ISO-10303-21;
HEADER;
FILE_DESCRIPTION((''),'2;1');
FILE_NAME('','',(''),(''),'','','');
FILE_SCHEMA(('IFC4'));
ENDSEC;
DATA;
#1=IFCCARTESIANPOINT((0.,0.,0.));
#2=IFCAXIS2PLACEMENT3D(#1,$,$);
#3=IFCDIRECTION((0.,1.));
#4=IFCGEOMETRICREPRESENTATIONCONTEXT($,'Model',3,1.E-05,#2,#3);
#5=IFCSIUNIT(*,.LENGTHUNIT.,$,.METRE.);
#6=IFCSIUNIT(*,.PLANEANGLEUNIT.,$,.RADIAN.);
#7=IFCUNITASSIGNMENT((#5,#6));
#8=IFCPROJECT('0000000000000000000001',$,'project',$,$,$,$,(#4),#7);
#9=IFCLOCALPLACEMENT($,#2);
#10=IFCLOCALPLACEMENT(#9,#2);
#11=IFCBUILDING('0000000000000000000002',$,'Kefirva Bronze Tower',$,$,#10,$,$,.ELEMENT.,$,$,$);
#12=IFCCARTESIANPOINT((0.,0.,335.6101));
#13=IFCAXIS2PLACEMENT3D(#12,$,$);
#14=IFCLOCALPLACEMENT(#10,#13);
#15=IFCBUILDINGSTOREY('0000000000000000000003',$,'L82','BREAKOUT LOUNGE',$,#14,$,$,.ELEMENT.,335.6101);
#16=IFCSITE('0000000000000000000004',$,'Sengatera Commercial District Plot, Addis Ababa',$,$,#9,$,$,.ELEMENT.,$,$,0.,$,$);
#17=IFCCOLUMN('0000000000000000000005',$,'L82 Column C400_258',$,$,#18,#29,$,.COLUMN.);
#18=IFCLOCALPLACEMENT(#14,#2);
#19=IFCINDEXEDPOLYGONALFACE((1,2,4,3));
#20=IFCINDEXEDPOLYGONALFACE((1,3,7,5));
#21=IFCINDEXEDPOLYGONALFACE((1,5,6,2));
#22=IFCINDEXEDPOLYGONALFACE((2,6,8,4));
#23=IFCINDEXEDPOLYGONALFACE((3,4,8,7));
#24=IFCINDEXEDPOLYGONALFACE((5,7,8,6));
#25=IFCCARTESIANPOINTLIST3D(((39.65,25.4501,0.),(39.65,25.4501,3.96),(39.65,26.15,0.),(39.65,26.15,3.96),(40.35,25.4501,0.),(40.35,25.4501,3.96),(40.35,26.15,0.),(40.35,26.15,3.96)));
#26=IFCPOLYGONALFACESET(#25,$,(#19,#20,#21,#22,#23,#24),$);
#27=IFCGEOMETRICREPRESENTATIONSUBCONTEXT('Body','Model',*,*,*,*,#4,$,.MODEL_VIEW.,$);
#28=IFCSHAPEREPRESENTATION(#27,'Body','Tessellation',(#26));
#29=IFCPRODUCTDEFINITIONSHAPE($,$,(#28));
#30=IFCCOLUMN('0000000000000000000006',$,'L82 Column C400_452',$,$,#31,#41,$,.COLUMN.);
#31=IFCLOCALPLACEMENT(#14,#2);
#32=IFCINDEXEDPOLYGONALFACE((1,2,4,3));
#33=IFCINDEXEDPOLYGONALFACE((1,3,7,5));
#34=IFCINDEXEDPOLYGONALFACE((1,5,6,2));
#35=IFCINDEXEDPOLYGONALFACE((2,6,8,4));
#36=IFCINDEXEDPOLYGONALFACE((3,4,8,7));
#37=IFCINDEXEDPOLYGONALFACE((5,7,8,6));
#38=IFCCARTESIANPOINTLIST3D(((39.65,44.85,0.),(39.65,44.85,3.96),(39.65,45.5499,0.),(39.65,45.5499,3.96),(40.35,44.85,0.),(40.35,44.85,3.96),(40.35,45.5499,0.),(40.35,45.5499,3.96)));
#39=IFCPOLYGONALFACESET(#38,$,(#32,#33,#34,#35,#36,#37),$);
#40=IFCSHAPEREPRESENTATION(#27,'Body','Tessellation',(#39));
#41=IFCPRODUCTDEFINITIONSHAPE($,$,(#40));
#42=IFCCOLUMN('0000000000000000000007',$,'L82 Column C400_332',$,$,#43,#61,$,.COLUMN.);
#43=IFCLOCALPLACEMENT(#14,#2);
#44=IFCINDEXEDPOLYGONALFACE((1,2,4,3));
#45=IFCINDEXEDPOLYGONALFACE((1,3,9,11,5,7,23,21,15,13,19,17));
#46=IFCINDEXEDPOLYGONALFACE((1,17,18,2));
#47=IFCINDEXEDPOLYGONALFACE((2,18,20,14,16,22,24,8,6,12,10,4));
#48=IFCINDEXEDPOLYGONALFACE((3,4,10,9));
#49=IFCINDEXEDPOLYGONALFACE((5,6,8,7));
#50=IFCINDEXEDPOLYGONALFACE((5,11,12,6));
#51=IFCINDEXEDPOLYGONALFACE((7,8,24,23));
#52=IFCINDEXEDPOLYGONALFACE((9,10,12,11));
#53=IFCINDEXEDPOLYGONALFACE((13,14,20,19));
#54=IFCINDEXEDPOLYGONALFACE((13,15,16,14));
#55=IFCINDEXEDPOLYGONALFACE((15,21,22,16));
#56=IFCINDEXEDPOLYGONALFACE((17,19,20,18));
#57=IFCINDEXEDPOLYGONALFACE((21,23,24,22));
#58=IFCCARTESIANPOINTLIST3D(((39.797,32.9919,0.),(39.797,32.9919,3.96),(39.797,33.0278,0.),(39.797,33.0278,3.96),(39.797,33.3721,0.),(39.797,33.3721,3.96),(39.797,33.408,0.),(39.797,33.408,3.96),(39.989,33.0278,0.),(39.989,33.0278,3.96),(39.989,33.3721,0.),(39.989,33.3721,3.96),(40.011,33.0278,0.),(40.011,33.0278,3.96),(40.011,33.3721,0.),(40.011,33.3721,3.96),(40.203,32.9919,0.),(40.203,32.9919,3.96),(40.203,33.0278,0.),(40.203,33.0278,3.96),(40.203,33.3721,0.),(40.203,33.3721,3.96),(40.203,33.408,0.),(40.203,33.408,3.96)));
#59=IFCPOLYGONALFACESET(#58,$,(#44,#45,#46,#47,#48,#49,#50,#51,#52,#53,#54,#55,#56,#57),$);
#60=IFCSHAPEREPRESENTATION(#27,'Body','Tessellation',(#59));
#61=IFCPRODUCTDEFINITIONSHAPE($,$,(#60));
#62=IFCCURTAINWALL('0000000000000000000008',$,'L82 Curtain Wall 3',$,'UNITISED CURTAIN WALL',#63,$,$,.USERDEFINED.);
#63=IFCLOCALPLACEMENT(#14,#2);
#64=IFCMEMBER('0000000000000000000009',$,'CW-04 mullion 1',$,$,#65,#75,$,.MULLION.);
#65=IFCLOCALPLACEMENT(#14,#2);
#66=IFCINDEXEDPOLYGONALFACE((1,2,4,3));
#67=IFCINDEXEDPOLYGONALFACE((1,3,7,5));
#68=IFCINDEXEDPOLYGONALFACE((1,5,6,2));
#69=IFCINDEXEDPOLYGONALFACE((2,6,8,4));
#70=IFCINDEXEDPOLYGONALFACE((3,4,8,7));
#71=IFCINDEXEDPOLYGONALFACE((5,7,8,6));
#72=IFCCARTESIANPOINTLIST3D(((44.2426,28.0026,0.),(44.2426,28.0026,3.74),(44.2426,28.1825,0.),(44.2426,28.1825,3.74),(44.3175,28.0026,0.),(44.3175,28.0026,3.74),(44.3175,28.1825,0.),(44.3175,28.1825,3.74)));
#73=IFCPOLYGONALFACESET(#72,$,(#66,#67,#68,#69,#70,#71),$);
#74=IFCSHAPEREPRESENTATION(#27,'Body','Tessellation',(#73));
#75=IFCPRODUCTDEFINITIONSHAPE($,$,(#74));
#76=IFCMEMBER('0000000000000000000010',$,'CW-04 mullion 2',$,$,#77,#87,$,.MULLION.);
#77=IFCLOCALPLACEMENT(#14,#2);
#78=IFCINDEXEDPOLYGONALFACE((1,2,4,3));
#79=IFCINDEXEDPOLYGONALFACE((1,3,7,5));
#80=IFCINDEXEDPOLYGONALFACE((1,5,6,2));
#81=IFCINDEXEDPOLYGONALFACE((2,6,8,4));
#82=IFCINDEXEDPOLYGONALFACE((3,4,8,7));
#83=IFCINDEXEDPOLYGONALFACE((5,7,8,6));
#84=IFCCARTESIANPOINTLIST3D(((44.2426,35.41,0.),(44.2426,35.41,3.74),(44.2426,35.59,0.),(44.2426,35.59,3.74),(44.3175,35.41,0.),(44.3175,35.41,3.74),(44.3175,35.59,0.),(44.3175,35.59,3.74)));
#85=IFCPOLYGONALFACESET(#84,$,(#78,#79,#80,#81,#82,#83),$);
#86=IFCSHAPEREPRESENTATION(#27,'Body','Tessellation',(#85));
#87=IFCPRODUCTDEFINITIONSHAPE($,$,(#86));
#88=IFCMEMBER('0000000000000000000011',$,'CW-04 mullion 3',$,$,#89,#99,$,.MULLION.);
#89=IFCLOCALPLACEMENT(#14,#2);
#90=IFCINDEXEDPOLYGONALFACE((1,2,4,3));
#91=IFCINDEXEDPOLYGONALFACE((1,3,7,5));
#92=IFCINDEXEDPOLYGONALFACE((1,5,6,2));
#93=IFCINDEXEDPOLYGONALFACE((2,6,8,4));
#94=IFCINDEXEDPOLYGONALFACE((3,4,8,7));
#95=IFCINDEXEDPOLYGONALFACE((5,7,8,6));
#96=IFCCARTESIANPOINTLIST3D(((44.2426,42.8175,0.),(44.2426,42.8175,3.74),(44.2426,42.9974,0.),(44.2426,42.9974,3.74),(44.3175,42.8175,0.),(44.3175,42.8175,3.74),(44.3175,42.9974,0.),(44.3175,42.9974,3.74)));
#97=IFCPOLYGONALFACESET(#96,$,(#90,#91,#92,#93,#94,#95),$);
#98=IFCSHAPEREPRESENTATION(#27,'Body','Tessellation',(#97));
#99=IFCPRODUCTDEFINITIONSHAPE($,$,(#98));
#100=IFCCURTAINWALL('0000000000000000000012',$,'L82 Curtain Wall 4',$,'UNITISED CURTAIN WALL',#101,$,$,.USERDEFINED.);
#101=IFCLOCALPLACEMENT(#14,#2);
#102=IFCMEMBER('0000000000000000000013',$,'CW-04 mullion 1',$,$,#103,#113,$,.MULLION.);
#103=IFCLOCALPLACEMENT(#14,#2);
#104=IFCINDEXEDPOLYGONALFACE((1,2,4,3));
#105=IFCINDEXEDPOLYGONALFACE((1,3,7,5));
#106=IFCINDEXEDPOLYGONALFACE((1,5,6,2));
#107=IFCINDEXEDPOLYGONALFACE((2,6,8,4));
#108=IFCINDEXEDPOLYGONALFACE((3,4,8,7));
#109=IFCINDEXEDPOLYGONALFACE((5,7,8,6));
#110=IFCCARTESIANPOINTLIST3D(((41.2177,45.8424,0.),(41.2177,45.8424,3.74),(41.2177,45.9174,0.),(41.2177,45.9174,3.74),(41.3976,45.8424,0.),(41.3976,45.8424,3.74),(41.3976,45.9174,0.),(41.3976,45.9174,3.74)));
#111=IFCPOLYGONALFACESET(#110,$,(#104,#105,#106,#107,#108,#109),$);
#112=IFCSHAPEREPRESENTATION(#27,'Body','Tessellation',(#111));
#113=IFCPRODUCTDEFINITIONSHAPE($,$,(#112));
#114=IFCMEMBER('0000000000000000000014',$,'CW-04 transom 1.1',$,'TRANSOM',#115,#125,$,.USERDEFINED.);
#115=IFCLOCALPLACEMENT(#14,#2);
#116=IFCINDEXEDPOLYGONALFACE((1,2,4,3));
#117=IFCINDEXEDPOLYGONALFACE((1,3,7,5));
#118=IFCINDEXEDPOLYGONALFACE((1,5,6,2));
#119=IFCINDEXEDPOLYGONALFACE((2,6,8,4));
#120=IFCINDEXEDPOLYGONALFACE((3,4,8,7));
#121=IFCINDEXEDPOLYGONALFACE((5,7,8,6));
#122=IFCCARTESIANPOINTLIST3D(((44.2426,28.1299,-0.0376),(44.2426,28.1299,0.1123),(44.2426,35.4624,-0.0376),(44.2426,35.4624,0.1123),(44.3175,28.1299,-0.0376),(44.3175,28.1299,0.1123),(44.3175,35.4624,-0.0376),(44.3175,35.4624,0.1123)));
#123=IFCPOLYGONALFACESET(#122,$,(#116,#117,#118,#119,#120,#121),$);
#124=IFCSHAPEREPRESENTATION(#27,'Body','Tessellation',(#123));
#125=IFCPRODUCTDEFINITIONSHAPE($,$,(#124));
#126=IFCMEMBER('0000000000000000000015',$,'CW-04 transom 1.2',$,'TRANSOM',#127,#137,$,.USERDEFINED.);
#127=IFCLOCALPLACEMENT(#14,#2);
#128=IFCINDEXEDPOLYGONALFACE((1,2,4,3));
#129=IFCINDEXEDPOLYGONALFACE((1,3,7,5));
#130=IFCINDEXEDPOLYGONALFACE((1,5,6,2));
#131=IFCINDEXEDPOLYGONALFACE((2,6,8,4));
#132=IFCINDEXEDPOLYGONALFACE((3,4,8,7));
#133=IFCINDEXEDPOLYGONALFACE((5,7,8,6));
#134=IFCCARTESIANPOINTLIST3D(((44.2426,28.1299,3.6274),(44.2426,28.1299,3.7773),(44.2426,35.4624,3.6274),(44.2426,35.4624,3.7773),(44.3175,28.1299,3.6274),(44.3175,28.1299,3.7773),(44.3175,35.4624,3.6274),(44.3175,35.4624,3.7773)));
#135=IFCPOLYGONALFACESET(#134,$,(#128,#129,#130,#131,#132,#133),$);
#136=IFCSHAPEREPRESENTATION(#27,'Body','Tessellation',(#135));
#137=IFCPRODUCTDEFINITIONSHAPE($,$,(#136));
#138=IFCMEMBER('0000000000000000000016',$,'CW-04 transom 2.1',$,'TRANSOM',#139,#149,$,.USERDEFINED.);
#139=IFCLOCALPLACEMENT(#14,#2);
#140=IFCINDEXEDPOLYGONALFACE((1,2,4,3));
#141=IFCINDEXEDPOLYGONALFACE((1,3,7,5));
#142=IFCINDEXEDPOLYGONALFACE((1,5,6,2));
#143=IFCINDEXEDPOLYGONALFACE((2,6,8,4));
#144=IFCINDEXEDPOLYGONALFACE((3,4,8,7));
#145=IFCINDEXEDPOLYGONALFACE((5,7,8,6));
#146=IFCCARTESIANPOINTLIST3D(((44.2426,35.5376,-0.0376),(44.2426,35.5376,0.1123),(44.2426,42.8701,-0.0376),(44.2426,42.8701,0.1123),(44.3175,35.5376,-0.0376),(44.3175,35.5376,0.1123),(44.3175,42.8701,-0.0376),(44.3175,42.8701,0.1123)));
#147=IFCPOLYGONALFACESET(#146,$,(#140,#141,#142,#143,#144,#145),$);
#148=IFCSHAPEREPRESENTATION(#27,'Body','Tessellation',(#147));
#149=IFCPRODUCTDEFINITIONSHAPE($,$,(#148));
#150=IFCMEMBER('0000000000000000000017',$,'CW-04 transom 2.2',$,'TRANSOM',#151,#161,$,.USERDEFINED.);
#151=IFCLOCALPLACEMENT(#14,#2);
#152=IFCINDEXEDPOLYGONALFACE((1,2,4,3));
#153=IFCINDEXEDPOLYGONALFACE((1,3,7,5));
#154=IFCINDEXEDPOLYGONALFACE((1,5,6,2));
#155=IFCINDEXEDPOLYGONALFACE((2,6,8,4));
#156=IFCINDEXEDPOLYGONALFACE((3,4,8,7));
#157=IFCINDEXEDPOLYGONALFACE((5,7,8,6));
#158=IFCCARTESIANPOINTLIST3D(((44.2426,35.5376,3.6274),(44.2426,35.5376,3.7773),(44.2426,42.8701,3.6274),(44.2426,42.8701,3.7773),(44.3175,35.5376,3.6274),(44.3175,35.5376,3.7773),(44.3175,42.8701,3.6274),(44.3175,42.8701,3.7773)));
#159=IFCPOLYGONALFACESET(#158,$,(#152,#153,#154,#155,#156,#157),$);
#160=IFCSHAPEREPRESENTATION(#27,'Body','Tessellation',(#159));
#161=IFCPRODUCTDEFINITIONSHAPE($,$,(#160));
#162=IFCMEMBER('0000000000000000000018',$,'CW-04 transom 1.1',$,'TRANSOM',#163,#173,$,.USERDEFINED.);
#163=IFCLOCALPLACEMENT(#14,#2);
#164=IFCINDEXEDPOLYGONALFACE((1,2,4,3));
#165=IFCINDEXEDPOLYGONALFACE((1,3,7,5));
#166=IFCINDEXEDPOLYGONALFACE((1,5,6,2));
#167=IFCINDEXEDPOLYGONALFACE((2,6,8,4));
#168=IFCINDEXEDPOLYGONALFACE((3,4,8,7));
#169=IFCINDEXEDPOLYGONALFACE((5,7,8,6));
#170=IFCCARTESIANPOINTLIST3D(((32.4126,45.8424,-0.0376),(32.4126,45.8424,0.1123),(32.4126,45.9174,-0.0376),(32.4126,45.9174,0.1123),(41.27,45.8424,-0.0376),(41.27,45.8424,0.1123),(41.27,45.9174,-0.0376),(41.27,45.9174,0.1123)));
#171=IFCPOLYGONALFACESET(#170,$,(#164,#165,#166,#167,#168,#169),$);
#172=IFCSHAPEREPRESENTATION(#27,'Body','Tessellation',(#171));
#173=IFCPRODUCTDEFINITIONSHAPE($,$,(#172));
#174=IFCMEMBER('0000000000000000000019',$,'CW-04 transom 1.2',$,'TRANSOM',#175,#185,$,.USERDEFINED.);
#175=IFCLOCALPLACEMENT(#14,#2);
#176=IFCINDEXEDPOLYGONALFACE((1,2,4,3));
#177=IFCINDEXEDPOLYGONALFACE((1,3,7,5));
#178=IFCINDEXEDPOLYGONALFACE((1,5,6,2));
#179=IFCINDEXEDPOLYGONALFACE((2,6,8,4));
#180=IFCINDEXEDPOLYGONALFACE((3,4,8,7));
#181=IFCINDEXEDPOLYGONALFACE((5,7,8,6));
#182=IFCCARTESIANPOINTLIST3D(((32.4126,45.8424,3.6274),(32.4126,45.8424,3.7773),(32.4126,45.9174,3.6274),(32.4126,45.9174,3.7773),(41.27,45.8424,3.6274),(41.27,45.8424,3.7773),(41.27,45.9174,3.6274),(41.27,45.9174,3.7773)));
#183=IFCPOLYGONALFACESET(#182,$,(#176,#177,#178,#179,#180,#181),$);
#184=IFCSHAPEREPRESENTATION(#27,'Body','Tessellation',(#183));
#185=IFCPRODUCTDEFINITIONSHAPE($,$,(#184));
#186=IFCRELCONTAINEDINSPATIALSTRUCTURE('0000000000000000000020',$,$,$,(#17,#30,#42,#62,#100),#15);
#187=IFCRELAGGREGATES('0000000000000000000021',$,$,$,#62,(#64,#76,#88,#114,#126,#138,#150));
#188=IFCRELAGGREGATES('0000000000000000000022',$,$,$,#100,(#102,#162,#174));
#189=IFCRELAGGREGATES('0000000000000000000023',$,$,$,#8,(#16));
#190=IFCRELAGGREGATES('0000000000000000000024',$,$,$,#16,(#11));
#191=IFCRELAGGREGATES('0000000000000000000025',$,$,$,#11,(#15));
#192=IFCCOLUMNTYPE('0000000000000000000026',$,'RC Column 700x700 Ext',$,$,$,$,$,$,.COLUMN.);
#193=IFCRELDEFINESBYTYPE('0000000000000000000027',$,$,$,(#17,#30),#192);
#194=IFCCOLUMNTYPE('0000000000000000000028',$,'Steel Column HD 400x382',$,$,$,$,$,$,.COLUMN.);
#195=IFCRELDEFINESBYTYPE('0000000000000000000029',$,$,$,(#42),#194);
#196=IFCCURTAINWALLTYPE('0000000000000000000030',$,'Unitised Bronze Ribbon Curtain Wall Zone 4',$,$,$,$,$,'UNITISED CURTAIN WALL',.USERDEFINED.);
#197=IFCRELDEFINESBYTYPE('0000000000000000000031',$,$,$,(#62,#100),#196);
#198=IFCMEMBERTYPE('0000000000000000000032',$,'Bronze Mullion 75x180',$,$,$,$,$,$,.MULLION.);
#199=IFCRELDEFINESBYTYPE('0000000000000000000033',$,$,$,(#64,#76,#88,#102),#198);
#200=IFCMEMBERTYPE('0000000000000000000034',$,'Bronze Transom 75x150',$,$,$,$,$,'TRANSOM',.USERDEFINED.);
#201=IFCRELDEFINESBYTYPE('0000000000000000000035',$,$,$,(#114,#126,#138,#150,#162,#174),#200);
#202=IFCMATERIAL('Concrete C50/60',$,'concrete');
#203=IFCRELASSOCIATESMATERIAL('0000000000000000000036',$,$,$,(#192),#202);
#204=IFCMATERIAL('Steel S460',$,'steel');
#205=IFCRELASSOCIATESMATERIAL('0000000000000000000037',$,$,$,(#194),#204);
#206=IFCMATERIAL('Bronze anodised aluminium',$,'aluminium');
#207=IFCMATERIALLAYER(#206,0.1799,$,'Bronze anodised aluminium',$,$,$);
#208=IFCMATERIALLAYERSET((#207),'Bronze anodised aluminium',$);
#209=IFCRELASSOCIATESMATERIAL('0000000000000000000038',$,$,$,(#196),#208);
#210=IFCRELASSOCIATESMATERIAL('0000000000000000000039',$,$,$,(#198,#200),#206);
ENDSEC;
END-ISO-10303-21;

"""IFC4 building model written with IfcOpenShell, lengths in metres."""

from ifc_helpers import new_model, si_unit, direction, frame, origin, origin_2d, place, context, subcontext, project, spatial, rectangle, i_section, extrude, material, layer, layer_set, material_profile, profile_set, type_object, element, aggregate, save


model = new_model("IFC4")

# Units and contexts
model_context = context("Model", 3, precision=1e-05, world=origin(), true_north=direction((0.0, 1.0)))
body_context = subcontext(model_context, "Body", "Model", "MODEL_VIEW")
ifc_project = project(units=[si_unit("LENGTHUNIT", "METRE"), si_unit("PLANEANGLEUNIT", "RADIAN")], contexts=[model_context])

# Site, building, storey
site_placement = place(None, origin())
site = spatial("IfcSite", under=ifc_project, at=site_placement, Name="Sengatera Commercial District Plot, Addis Ababa", CompositionType="ELEMENT", RefElevation=0.0)
building_placement = place(site_placement, origin())
building = spatial("IfcBuilding", under=site, at=building_placement, Name="Kefirva Bronze Tower", CompositionType="ELEMENT")
storey_placement = place(building_placement, frame((0.0, 0.0, 335.6101)))
storey = spatial("IfcBuildingStorey", under=building, at=storey_placement, Name="L82", Description="BREAKOUT LOUNGE", CompositionType="ELEMENT", Elevation=335.6101)

# Columns
ifc_material_1 = material(Name="Concrete C50/60", Category="concrete")
ifc_material_profile_1 = material_profile(ifc_material_1, rectangle(XDim=0.7, YDim=0.7, at=origin_2d()), Name="RC 700x700")
ifc_profile_set_1 = profile_set([ifc_material_profile_1], Name="Concrete C50/60")
column_type_1 = type_object("IfcColumnType", Name="RC Column 700x700 Ext", PredefinedType="COLUMN", material=ifc_profile_set_1)
for number, where, z_axis, x_axis, name in (
    (1, (40.0, 25.8, 0.0), (0.0, 0.0, 1.0), (1.0, 0.0, 0.0), "L82 Column C400_258"),
    (2, (40.0, 45.2, 0.0), (0.0, 0.0, 1.0), (1.0, 0.0, 0.0), "L82 Column C400_452"),
):
    element("IfcColumn", number, at=place(storey_placement, frame(where, z_axis=z_axis, x_axis=x_axis)), inside=storey, type_object=column_type_1, Name=name, PredefinedType="COLUMN", context=body_context, shape_type="SweptSolid", body=[
        extrude(rectangle(XDim=0.7, YDim=0.7, at=origin_2d()), origin(), (0.0, 0.0, 1.0), 3.96),
    ])
ifc_material_2 = material(Name="Steel S460", Category="steel")
ifc_material_profile_2 = material_profile(ifc_material_2, i_section(OverallWidth=0.406, OverallDepth=0.416, WebThickness=0.022, FlangeThickness=0.0359, at=origin_2d()), Name="HD 400x382")
ifc_profile_set_2 = profile_set([ifc_material_profile_2], Name="Steel S460")
column_type_2 = type_object("IfcColumnType", Name="Steel Column HD 400x382", PredefinedType="COLUMN", material=ifc_profile_set_2)
column_placement = place(storey_placement, frame((40.0, 33.2, 0.0), z_axis=(0.0, 0.0, 1.0), x_axis=(1.0, 0.0, 0.0)))
element("IfcColumn", 3, at=column_placement, inside=storey, type_object=column_type_2, Name="L82 Column C400_332", PredefinedType="COLUMN", context=body_context, shape_type="SweptSolid", body=[
    extrude(i_section(OverallWidth=0.406, OverallDepth=0.416, WebThickness=0.022, FlangeThickness=0.0359, at=origin_2d()), origin(), (0.0, 0.0, 1.0), 3.96),
])

# Curtain wall, members
ifc_material_3 = material(Name="Bronze anodised aluminium", Category="aluminium")
ifc_layer_1 = layer(ifc_material_3, 0.1799, Name="Bronze anodised aluminium")
ifc_layer_set_1 = layer_set([ifc_layer_1], Name="Bronze anodised aluminium")
curtain_wall_type = type_object("IfcCurtainWallType", Name="Unitised Bronze Ribbon Curtain Wall Zone 4", ElementType="UNITISED CURTAIN WALL", PredefinedType="USERDEFINED", material=ifc_layer_set_1)
curtain_wall_1_placement = place(storey_placement, origin())
curtain_wall_1 = element("IfcCurtainWall", 4, at=curtain_wall_1_placement, inside=storey, type_object=curtain_wall_type, Name="L82 Curtain Wall 3", ObjectType="UNITISED CURTAIN WALL", PredefinedType="USERDEFINED")
ifc_material_profile_3 = material_profile(ifc_material_3, rectangle(XDim=0.075, YDim=0.1799, at=origin_2d()), Name="ALU 75x180")
ifc_profile_set_3 = profile_set([ifc_material_profile_3], Name="Bronze anodised aluminium")
member_type_1 = type_object("IfcMemberType", Name="Bronze Mullion 75x180", PredefinedType="MULLION", material=ifc_profile_set_3)
member_1_placement = place(storey_placement, frame((44.28, 28.0925, 0.0), z_axis=(0.0, 0.0, 1.0), x_axis=(-1.0, 0.0, 0.0)))
member_1 = element("IfcMember", 5, at=member_1_placement, type_object=member_type_1, Name="CW-04 mullion 1", PredefinedType="MULLION", context=body_context, shape_type="SweptSolid", body=[
    extrude(rectangle(XDim=0.075, YDim=0.1799, at=origin_2d()), origin(), (0.0, 0.0, 1.0), 3.74),
])
member_2_placement = place(storey_placement, frame((44.28, 35.5, 0.0), z_axis=(0.0, 0.0, 1.0), x_axis=(-1.0, 0.0, 0.0)))
member_2 = element("IfcMember", 6, at=member_2_placement, type_object=member_type_1, Name="CW-04 mullion 2", PredefinedType="MULLION", context=body_context, shape_type="SweptSolid", body=[
    extrude(rectangle(XDim=0.075, YDim=0.1799, at=origin_2d()), origin(), (0.0, 0.0, 1.0), 3.74),
])
member_3_placement = place(storey_placement, frame((44.28, 42.9075, 0.0), z_axis=(0.0, 0.0, 1.0), x_axis=(-1.0, 0.0, 0.0)))
member_3 = element("IfcMember", 7, at=member_3_placement, type_object=member_type_1, Name="CW-04 mullion 3", PredefinedType="MULLION", context=body_context, shape_type="SweptSolid", body=[
    extrude(rectangle(XDim=0.075, YDim=0.1799, at=origin_2d()), origin(), (0.0, 0.0, 1.0), 3.74),
])

# Curtain wall, member
curtain_wall_2_placement = place(storey_placement, origin())
curtain_wall_2 = element("IfcCurtainWall", 8, at=curtain_wall_2_placement, inside=storey, type_object=curtain_wall_type, Name="L82 Curtain Wall 4", ObjectType="UNITISED CURTAIN WALL", PredefinedType="USERDEFINED")
member_4_placement = place(storey_placement, frame((41.3076, 45.8799, 0.0), z_axis=(0.0, 0.0, 1.0), x_axis=(0.0, -1.0, 0.0)))
member_4 = element("IfcMember", 9, at=member_4_placement, type_object=member_type_1, Name="CW-04 mullion 1", PredefinedType="MULLION", context=body_context, shape_type="SweptSolid", body=[
    extrude(rectangle(XDim=0.075, YDim=0.1799, at=origin_2d()), origin(), (0.0, 0.0, 1.0), 3.74),
])

# Members
ifc_material_profile_4 = material_profile(ifc_material_3, rectangle(XDim=0.075, YDim=0.1499, at=origin_2d()), Name="ALU 75x150")
ifc_profile_set_4 = profile_set([ifc_material_profile_4], Name="Bronze anodised aluminium")
member_type_2 = type_object("IfcMemberType", Name="Bronze Transom 75x150", ElementType="TRANSOM", PredefinedType="USERDEFINED", material=ifc_profile_set_4)
member_5_placement = place(storey_placement, frame((44.28, 28.1299, 0.0374), z_axis=(0.0, 1.0, 0.0), x_axis=(-1.0, 0.0, 0.0)))
member_5 = element("IfcMember", 10, at=member_5_placement, type_object=member_type_2, Name="CW-04 transom 1.1", ObjectType="TRANSOM", PredefinedType="USERDEFINED", context=body_context, shape_type="SweptSolid", body=[
    extrude(rectangle(XDim=0.075, YDim=0.1499, at=origin_2d()), origin(), (0.0, 0.0, 1.0), 7.3325),
])
member_6_placement = place(storey_placement, frame((44.28, 28.1299, 3.7024), z_axis=(0.0, 1.0, 0.0), x_axis=(-1.0, 0.0, 0.0)))
member_6 = element("IfcMember", 11, at=member_6_placement, type_object=member_type_2, Name="CW-04 transom 1.2", ObjectType="TRANSOM", PredefinedType="USERDEFINED", context=body_context, shape_type="SweptSolid", body=[
    extrude(rectangle(XDim=0.075, YDim=0.1499, at=origin_2d()), origin(), (0.0, 0.0, 1.0), 7.3325),
])
member_7_placement = place(storey_placement, frame((44.28, 35.5376, 0.0374), z_axis=(0.0, 1.0, 0.0), x_axis=(-1.0, 0.0, 0.0)))
member_7 = element("IfcMember", 12, at=member_7_placement, type_object=member_type_2, Name="CW-04 transom 2.1", ObjectType="TRANSOM", PredefinedType="USERDEFINED", context=body_context, shape_type="SweptSolid", body=[
    extrude(rectangle(XDim=0.075, YDim=0.1499, at=origin_2d()), origin(), (0.0, 0.0, 1.0), 7.3325),
])
member_8_placement = place(storey_placement, frame((44.28, 35.5376, 3.7024), z_axis=(0.0, 1.0, 0.0), x_axis=(-1.0, 0.0, 0.0)))
member_8 = element("IfcMember", 13, at=member_8_placement, type_object=member_type_2, Name="CW-04 transom 2.2", ObjectType="TRANSOM", PredefinedType="USERDEFINED", context=body_context, shape_type="SweptSolid", body=[
    extrude(rectangle(XDim=0.075, YDim=0.1499, at=origin_2d()), origin(), (0.0, 0.0, 1.0), 7.3325),
])
member_9_placement = place(storey_placement, frame((41.27, 45.8799, 0.0374), z_axis=(-1.0, 0.0, 0.0), x_axis=(0.0, -1.0, 0.0)))
member_9 = element("IfcMember", 14, at=member_9_placement, type_object=member_type_2, Name="CW-04 transom 1.1", ObjectType="TRANSOM", PredefinedType="USERDEFINED", context=body_context, shape_type="SweptSolid", body=[
    extrude(rectangle(XDim=0.075, YDim=0.1499, at=origin_2d()), origin(), (0.0, 0.0, 1.0), 8.8574),
])
member_10_placement = place(storey_placement, frame((41.27, 45.8799, 3.7024), z_axis=(-1.0, 0.0, 0.0), x_axis=(0.0, -1.0, 0.0)))
member_10 = element("IfcMember", 15, at=member_10_placement, type_object=member_type_2, Name="CW-04 transom 1.2", ObjectType="TRANSOM", PredefinedType="USERDEFINED", context=body_context, shape_type="SweptSolid", body=[
    extrude(rectangle(XDim=0.075, YDim=0.1499, at=origin_2d()), origin(), (0.0, 0.0, 1.0), 8.8574),
])

aggregate(curtain_wall_1, [member_1, member_2, member_3, member_5, member_6, member_7, member_8])
aggregate(curtain_wall_2, [member_4, member_9, member_10])

save(model, "model.ifc")
